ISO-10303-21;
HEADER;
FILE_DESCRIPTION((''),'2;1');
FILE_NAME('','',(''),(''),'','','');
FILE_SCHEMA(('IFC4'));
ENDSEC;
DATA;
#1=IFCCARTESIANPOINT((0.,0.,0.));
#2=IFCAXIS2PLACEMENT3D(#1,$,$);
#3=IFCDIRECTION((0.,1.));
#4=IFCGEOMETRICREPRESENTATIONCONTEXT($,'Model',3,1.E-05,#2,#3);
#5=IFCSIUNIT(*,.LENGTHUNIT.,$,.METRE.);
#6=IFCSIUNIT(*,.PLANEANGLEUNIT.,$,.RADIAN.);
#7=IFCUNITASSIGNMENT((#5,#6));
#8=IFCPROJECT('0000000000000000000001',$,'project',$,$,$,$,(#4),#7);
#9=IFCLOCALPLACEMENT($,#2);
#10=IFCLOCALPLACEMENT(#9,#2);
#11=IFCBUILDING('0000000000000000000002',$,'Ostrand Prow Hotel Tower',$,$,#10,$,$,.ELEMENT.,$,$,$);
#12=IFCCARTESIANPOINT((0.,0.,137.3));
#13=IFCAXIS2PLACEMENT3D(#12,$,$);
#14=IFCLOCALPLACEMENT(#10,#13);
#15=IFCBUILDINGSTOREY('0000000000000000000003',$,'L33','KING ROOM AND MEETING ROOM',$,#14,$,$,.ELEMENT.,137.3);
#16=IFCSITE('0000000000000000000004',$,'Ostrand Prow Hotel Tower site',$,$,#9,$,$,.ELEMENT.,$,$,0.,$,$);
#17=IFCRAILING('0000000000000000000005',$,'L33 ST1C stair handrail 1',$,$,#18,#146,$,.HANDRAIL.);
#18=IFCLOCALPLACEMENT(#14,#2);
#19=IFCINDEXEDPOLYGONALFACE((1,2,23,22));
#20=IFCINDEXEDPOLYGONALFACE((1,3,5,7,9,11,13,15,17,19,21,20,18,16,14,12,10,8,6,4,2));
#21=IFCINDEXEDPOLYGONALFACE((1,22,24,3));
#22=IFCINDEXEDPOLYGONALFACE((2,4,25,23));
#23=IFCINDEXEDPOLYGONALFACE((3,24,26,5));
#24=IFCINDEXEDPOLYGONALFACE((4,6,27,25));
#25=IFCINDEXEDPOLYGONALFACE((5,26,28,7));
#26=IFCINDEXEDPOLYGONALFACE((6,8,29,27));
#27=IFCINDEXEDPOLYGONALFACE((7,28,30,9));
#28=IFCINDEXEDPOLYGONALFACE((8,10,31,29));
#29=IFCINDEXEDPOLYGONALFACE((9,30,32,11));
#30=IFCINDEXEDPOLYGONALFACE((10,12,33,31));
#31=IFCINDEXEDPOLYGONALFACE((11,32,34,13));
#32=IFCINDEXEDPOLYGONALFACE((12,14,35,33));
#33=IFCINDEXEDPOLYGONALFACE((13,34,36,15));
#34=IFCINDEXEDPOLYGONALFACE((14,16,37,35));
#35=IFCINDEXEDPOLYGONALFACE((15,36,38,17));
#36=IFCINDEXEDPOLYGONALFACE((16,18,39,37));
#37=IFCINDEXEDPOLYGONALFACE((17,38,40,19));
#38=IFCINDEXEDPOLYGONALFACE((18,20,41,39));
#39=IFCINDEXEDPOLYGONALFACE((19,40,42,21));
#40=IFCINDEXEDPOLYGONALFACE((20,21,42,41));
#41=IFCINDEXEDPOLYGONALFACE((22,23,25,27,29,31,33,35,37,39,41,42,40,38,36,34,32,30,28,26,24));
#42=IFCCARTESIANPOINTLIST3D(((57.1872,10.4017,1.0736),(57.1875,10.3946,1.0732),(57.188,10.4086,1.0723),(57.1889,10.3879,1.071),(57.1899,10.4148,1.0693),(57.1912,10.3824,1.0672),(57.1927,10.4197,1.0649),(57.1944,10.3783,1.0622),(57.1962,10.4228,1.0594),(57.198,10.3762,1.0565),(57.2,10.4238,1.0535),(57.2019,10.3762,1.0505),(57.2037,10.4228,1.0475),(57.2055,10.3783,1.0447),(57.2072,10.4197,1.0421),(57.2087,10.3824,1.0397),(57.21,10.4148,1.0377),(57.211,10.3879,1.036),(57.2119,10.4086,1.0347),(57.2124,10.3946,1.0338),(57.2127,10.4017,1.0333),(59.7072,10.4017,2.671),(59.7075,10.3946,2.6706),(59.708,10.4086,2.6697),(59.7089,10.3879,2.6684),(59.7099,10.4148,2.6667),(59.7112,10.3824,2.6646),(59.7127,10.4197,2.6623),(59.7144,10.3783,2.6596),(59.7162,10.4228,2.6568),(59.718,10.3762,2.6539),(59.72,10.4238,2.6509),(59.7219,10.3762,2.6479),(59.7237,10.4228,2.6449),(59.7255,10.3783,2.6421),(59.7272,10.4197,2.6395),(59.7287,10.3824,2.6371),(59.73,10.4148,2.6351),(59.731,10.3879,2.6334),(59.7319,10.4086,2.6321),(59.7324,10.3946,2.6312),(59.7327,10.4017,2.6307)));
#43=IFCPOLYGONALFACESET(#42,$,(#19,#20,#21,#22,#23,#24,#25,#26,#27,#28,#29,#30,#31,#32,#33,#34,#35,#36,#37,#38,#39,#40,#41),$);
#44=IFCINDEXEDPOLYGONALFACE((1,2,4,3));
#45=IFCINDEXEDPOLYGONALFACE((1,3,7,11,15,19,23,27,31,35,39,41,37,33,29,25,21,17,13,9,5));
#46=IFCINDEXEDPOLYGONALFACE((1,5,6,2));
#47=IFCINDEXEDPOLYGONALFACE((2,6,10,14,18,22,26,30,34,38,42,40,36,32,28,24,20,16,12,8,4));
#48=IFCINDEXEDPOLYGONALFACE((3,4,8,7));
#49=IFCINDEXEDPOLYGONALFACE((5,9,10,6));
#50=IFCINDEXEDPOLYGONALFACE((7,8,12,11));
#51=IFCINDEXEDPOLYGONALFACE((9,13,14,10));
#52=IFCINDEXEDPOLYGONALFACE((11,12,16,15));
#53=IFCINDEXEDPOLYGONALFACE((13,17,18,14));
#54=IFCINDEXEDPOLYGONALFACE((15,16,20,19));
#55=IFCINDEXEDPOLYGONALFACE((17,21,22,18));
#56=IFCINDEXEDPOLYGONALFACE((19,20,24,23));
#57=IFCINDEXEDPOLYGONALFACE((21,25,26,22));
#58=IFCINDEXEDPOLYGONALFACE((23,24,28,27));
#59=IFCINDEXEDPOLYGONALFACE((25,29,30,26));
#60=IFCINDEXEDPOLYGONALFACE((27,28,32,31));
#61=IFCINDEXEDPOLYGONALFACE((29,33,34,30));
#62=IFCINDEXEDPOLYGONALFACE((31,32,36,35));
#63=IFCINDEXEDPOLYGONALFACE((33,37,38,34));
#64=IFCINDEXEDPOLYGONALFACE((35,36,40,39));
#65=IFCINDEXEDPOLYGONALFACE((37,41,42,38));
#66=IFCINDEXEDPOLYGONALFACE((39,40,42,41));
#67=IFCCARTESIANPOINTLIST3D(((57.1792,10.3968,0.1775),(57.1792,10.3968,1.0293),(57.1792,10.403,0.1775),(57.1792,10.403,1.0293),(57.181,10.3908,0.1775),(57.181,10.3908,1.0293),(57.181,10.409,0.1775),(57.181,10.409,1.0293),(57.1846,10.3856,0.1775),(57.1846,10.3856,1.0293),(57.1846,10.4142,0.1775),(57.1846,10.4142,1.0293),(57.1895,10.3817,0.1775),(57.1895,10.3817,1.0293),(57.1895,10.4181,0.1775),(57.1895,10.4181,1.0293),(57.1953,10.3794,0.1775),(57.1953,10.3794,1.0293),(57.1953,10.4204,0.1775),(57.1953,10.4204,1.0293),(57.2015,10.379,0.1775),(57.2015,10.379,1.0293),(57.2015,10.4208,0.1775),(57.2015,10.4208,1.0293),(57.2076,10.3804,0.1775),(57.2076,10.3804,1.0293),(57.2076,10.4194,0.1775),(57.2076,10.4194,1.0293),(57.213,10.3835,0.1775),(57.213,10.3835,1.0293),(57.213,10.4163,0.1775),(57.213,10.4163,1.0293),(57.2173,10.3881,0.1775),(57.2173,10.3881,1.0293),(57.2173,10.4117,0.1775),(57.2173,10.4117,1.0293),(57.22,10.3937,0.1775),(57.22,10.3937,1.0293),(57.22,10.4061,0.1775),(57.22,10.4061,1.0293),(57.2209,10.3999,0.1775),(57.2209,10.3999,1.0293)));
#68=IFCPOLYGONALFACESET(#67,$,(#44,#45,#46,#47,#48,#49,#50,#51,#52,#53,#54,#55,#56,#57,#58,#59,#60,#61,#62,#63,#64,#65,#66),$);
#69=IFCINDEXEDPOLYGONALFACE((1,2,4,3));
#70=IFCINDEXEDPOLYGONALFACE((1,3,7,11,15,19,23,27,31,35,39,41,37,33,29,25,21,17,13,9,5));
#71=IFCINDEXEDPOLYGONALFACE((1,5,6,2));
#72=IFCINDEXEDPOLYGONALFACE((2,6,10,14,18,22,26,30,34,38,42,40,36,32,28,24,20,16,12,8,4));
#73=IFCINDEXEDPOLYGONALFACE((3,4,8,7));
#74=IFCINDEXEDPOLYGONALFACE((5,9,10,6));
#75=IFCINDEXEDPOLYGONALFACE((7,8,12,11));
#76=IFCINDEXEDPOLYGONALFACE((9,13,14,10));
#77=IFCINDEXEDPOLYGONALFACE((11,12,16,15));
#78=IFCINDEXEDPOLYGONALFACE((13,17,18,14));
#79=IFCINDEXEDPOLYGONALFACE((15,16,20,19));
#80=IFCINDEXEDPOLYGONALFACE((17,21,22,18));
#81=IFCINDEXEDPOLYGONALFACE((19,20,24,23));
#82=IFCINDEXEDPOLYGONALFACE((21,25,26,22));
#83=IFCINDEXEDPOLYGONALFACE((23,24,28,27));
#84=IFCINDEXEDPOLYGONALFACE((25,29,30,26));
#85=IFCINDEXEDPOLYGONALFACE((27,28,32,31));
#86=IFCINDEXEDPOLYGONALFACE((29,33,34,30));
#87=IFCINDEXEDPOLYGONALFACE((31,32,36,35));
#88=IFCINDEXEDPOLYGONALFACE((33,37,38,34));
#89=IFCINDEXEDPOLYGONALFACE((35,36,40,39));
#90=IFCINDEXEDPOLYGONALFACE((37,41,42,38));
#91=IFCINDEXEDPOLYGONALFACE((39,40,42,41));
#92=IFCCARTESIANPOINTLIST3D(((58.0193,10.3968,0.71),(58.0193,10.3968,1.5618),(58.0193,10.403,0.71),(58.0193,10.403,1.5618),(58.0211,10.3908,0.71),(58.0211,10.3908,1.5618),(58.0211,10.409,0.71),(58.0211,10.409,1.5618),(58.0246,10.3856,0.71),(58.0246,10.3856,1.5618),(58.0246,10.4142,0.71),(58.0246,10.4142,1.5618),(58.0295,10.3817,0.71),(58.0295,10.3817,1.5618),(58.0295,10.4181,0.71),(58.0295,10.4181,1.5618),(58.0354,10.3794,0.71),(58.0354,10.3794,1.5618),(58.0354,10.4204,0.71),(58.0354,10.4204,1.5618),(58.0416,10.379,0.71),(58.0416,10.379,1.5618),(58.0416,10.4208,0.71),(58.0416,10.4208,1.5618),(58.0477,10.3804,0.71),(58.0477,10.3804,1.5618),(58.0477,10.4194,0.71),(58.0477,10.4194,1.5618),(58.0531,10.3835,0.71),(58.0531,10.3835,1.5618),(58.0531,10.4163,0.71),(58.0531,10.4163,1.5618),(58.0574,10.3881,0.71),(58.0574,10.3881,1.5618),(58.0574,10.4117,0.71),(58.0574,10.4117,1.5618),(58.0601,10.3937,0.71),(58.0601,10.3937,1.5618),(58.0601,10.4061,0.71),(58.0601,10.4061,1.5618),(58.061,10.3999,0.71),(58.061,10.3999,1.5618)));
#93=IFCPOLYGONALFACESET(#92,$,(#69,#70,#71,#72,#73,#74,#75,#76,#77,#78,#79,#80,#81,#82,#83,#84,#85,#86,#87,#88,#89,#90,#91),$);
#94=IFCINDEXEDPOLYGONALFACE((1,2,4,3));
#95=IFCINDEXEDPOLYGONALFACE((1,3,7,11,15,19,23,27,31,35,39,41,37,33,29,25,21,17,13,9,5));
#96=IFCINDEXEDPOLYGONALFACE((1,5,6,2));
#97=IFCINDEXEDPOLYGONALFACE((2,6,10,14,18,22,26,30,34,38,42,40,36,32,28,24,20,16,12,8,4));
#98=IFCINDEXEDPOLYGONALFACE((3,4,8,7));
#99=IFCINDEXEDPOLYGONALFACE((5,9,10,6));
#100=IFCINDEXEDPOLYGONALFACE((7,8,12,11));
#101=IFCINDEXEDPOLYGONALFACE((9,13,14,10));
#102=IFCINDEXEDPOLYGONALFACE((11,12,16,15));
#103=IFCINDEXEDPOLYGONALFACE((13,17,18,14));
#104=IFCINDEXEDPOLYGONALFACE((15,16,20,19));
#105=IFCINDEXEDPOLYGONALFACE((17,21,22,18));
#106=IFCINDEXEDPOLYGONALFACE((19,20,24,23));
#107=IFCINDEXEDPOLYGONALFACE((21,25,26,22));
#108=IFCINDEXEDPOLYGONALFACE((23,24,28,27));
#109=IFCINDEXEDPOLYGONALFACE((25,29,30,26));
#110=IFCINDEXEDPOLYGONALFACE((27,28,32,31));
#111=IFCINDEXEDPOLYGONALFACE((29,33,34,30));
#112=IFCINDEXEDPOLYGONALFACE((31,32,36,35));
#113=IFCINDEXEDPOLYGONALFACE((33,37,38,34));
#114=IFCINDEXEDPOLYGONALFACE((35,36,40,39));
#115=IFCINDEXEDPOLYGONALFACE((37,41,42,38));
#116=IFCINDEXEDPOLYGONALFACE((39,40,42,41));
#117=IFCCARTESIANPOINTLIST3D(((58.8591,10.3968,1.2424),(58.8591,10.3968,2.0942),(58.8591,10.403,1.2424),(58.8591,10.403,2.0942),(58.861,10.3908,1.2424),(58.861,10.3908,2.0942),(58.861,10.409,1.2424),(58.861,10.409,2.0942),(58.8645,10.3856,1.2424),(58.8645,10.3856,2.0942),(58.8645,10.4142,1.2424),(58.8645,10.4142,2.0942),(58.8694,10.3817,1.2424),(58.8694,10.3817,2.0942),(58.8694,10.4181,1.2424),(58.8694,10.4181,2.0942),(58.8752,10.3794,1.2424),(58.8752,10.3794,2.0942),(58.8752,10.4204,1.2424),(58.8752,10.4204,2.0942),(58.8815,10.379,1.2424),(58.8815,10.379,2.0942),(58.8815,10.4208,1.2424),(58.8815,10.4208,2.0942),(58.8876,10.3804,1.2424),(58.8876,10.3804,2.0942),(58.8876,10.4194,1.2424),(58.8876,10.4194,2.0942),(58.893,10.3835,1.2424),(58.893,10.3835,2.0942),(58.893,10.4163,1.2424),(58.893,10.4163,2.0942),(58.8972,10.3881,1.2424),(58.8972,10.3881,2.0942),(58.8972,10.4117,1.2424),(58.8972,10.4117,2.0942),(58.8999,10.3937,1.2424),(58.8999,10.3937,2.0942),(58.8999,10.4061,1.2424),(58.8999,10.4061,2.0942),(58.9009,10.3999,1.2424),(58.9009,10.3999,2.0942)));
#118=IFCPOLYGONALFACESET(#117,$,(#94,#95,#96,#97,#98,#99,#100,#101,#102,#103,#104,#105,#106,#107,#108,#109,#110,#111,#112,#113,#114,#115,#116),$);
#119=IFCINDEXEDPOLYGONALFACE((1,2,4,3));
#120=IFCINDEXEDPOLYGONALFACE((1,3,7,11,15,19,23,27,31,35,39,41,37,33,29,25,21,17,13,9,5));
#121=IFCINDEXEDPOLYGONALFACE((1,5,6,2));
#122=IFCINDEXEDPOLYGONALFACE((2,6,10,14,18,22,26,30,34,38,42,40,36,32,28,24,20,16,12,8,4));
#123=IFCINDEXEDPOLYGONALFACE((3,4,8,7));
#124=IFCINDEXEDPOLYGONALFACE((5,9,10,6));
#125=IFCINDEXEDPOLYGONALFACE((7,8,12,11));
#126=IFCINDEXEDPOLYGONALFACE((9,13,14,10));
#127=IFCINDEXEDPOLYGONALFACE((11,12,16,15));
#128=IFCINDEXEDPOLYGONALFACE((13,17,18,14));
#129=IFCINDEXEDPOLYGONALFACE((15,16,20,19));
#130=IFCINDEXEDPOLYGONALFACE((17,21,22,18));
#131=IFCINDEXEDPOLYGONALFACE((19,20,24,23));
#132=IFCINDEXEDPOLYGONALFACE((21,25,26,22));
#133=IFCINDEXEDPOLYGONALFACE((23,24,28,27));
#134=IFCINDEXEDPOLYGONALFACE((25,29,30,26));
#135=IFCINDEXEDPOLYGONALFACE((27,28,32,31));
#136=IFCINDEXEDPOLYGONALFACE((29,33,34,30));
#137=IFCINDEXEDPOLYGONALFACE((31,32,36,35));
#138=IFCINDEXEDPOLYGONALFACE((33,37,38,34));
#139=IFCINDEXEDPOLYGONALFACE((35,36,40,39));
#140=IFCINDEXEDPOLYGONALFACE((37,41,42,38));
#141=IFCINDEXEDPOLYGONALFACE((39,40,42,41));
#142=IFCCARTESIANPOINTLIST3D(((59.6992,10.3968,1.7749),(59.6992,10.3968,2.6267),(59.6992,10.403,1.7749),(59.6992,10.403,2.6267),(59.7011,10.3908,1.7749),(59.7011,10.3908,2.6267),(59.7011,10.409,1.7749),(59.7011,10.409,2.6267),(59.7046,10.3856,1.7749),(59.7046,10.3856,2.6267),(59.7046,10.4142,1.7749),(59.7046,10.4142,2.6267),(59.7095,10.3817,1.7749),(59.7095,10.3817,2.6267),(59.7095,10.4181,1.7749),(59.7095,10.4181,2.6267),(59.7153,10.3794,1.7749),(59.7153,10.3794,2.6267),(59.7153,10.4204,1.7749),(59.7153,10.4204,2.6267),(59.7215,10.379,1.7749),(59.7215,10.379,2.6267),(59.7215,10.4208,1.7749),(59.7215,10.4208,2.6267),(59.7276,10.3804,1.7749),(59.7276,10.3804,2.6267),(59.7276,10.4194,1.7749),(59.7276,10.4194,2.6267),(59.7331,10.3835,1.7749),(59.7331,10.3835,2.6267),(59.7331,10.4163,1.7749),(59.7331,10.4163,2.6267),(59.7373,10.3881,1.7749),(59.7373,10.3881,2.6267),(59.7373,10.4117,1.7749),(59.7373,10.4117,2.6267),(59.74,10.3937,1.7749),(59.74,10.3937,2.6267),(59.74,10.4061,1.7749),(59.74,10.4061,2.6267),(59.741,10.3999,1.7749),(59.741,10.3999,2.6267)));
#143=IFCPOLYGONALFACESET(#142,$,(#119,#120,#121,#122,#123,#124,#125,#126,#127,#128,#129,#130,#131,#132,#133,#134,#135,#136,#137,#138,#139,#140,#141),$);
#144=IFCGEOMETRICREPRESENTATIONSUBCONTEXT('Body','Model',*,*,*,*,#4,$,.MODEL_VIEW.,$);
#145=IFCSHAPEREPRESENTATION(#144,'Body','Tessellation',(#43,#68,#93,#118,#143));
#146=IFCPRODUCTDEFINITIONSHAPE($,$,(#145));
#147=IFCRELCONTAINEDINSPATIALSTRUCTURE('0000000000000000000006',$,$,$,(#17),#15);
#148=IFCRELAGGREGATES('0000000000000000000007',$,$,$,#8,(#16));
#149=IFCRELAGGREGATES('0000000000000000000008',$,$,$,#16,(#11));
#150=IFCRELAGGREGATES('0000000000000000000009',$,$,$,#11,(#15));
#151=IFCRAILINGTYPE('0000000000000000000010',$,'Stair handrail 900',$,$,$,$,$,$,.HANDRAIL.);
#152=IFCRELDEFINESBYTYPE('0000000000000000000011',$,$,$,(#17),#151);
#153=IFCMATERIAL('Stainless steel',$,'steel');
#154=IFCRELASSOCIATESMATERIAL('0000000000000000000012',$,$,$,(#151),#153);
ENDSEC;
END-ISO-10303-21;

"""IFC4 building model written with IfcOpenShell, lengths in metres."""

from ifc_helpers import new_model, si_unit, direction, frame, origin, origin_2d, place, context, subcontext, project, spatial, circle, extrude, material, type_object, element, save


model = new_model("IFC4")

# Units and contexts
model_context = context("Model", 3, precision=1e-05, world=origin(), true_north=direction((0.0, 1.0)))
body_context = subcontext(model_context, "Body", "Model", "MODEL_VIEW")
ifc_project = project(units=[si_unit("LENGTHUNIT", "METRE"), si_unit("PLANEANGLEUNIT", "RADIAN")], contexts=[model_context])

# Site, building, storey
site_placement = place(None, origin())
site = spatial("IfcSite", under=ifc_project, at=site_placement, Name="Ostrand Prow Hotel Tower site", CompositionType="ELEMENT", RefElevation=0.0)
building_placement = place(site_placement, origin())
building = spatial("IfcBuilding", under=site, at=building_placement, Name="Ostrand Prow Hotel Tower", CompositionType="ELEMENT")
storey_placement = place(building_placement, frame((0.0, 0.0, 137.3)))
storey = spatial("IfcBuildingStorey", under=building, at=storey_placement, Name="L33", Description="KING ROOM AND MEETING ROOM", CompositionType="ELEMENT", Elevation=137.3)

# Railing
ifc_material_1 = material(Name="Stainless steel", Category="steel")
railing_type_1 = type_object("IfcRailingType", Name="Stair handrail 900", PredefinedType="HANDRAIL", material=ifc_material_1)
railing_1_placement = place(storey_placement, frame((57.2, 10.3999, 0.1775)))
element("IfcRailing", 1, at=railing_1_placement, inside=storey, type_object=railing_type_1, Name="L33 ST1C stair handrail 1", PredefinedType="HANDRAIL", context=body_context, shape_type="SweptSolid", body=[
    extrude(circle(Radius=0.0239, at=origin_2d()), frame((0.0, 0.0, 0.876), z_axis=(0.844607, 0.0, 0.535387), x_axis=(0.0, 1.0, 0.0)), (0.0, 0.0, 1.0), 2.9836),
    extrude(circle(Radius=0.021, at=origin_2d()), origin(), (0.0, 0.0, 1.0), 0.8518),
    extrude(circle(Radius=0.021, at=origin_2d()), frame((0.8401, 0.0, 0.5325)), (0.0, 0.0, 1.0), 0.8518),
    extrude(circle(Radius=0.021, at=origin_2d()), frame((1.6799, 0.0, 1.0649)), (0.0, 0.0, 1.0), 0.8518),
    extrude(circle(Radius=0.021, at=origin_2d()), frame((2.52, 0.0, 1.5974)), (0.0, 0.0, 1.0), 0.8518),
])

save(model, "model.ifc")
